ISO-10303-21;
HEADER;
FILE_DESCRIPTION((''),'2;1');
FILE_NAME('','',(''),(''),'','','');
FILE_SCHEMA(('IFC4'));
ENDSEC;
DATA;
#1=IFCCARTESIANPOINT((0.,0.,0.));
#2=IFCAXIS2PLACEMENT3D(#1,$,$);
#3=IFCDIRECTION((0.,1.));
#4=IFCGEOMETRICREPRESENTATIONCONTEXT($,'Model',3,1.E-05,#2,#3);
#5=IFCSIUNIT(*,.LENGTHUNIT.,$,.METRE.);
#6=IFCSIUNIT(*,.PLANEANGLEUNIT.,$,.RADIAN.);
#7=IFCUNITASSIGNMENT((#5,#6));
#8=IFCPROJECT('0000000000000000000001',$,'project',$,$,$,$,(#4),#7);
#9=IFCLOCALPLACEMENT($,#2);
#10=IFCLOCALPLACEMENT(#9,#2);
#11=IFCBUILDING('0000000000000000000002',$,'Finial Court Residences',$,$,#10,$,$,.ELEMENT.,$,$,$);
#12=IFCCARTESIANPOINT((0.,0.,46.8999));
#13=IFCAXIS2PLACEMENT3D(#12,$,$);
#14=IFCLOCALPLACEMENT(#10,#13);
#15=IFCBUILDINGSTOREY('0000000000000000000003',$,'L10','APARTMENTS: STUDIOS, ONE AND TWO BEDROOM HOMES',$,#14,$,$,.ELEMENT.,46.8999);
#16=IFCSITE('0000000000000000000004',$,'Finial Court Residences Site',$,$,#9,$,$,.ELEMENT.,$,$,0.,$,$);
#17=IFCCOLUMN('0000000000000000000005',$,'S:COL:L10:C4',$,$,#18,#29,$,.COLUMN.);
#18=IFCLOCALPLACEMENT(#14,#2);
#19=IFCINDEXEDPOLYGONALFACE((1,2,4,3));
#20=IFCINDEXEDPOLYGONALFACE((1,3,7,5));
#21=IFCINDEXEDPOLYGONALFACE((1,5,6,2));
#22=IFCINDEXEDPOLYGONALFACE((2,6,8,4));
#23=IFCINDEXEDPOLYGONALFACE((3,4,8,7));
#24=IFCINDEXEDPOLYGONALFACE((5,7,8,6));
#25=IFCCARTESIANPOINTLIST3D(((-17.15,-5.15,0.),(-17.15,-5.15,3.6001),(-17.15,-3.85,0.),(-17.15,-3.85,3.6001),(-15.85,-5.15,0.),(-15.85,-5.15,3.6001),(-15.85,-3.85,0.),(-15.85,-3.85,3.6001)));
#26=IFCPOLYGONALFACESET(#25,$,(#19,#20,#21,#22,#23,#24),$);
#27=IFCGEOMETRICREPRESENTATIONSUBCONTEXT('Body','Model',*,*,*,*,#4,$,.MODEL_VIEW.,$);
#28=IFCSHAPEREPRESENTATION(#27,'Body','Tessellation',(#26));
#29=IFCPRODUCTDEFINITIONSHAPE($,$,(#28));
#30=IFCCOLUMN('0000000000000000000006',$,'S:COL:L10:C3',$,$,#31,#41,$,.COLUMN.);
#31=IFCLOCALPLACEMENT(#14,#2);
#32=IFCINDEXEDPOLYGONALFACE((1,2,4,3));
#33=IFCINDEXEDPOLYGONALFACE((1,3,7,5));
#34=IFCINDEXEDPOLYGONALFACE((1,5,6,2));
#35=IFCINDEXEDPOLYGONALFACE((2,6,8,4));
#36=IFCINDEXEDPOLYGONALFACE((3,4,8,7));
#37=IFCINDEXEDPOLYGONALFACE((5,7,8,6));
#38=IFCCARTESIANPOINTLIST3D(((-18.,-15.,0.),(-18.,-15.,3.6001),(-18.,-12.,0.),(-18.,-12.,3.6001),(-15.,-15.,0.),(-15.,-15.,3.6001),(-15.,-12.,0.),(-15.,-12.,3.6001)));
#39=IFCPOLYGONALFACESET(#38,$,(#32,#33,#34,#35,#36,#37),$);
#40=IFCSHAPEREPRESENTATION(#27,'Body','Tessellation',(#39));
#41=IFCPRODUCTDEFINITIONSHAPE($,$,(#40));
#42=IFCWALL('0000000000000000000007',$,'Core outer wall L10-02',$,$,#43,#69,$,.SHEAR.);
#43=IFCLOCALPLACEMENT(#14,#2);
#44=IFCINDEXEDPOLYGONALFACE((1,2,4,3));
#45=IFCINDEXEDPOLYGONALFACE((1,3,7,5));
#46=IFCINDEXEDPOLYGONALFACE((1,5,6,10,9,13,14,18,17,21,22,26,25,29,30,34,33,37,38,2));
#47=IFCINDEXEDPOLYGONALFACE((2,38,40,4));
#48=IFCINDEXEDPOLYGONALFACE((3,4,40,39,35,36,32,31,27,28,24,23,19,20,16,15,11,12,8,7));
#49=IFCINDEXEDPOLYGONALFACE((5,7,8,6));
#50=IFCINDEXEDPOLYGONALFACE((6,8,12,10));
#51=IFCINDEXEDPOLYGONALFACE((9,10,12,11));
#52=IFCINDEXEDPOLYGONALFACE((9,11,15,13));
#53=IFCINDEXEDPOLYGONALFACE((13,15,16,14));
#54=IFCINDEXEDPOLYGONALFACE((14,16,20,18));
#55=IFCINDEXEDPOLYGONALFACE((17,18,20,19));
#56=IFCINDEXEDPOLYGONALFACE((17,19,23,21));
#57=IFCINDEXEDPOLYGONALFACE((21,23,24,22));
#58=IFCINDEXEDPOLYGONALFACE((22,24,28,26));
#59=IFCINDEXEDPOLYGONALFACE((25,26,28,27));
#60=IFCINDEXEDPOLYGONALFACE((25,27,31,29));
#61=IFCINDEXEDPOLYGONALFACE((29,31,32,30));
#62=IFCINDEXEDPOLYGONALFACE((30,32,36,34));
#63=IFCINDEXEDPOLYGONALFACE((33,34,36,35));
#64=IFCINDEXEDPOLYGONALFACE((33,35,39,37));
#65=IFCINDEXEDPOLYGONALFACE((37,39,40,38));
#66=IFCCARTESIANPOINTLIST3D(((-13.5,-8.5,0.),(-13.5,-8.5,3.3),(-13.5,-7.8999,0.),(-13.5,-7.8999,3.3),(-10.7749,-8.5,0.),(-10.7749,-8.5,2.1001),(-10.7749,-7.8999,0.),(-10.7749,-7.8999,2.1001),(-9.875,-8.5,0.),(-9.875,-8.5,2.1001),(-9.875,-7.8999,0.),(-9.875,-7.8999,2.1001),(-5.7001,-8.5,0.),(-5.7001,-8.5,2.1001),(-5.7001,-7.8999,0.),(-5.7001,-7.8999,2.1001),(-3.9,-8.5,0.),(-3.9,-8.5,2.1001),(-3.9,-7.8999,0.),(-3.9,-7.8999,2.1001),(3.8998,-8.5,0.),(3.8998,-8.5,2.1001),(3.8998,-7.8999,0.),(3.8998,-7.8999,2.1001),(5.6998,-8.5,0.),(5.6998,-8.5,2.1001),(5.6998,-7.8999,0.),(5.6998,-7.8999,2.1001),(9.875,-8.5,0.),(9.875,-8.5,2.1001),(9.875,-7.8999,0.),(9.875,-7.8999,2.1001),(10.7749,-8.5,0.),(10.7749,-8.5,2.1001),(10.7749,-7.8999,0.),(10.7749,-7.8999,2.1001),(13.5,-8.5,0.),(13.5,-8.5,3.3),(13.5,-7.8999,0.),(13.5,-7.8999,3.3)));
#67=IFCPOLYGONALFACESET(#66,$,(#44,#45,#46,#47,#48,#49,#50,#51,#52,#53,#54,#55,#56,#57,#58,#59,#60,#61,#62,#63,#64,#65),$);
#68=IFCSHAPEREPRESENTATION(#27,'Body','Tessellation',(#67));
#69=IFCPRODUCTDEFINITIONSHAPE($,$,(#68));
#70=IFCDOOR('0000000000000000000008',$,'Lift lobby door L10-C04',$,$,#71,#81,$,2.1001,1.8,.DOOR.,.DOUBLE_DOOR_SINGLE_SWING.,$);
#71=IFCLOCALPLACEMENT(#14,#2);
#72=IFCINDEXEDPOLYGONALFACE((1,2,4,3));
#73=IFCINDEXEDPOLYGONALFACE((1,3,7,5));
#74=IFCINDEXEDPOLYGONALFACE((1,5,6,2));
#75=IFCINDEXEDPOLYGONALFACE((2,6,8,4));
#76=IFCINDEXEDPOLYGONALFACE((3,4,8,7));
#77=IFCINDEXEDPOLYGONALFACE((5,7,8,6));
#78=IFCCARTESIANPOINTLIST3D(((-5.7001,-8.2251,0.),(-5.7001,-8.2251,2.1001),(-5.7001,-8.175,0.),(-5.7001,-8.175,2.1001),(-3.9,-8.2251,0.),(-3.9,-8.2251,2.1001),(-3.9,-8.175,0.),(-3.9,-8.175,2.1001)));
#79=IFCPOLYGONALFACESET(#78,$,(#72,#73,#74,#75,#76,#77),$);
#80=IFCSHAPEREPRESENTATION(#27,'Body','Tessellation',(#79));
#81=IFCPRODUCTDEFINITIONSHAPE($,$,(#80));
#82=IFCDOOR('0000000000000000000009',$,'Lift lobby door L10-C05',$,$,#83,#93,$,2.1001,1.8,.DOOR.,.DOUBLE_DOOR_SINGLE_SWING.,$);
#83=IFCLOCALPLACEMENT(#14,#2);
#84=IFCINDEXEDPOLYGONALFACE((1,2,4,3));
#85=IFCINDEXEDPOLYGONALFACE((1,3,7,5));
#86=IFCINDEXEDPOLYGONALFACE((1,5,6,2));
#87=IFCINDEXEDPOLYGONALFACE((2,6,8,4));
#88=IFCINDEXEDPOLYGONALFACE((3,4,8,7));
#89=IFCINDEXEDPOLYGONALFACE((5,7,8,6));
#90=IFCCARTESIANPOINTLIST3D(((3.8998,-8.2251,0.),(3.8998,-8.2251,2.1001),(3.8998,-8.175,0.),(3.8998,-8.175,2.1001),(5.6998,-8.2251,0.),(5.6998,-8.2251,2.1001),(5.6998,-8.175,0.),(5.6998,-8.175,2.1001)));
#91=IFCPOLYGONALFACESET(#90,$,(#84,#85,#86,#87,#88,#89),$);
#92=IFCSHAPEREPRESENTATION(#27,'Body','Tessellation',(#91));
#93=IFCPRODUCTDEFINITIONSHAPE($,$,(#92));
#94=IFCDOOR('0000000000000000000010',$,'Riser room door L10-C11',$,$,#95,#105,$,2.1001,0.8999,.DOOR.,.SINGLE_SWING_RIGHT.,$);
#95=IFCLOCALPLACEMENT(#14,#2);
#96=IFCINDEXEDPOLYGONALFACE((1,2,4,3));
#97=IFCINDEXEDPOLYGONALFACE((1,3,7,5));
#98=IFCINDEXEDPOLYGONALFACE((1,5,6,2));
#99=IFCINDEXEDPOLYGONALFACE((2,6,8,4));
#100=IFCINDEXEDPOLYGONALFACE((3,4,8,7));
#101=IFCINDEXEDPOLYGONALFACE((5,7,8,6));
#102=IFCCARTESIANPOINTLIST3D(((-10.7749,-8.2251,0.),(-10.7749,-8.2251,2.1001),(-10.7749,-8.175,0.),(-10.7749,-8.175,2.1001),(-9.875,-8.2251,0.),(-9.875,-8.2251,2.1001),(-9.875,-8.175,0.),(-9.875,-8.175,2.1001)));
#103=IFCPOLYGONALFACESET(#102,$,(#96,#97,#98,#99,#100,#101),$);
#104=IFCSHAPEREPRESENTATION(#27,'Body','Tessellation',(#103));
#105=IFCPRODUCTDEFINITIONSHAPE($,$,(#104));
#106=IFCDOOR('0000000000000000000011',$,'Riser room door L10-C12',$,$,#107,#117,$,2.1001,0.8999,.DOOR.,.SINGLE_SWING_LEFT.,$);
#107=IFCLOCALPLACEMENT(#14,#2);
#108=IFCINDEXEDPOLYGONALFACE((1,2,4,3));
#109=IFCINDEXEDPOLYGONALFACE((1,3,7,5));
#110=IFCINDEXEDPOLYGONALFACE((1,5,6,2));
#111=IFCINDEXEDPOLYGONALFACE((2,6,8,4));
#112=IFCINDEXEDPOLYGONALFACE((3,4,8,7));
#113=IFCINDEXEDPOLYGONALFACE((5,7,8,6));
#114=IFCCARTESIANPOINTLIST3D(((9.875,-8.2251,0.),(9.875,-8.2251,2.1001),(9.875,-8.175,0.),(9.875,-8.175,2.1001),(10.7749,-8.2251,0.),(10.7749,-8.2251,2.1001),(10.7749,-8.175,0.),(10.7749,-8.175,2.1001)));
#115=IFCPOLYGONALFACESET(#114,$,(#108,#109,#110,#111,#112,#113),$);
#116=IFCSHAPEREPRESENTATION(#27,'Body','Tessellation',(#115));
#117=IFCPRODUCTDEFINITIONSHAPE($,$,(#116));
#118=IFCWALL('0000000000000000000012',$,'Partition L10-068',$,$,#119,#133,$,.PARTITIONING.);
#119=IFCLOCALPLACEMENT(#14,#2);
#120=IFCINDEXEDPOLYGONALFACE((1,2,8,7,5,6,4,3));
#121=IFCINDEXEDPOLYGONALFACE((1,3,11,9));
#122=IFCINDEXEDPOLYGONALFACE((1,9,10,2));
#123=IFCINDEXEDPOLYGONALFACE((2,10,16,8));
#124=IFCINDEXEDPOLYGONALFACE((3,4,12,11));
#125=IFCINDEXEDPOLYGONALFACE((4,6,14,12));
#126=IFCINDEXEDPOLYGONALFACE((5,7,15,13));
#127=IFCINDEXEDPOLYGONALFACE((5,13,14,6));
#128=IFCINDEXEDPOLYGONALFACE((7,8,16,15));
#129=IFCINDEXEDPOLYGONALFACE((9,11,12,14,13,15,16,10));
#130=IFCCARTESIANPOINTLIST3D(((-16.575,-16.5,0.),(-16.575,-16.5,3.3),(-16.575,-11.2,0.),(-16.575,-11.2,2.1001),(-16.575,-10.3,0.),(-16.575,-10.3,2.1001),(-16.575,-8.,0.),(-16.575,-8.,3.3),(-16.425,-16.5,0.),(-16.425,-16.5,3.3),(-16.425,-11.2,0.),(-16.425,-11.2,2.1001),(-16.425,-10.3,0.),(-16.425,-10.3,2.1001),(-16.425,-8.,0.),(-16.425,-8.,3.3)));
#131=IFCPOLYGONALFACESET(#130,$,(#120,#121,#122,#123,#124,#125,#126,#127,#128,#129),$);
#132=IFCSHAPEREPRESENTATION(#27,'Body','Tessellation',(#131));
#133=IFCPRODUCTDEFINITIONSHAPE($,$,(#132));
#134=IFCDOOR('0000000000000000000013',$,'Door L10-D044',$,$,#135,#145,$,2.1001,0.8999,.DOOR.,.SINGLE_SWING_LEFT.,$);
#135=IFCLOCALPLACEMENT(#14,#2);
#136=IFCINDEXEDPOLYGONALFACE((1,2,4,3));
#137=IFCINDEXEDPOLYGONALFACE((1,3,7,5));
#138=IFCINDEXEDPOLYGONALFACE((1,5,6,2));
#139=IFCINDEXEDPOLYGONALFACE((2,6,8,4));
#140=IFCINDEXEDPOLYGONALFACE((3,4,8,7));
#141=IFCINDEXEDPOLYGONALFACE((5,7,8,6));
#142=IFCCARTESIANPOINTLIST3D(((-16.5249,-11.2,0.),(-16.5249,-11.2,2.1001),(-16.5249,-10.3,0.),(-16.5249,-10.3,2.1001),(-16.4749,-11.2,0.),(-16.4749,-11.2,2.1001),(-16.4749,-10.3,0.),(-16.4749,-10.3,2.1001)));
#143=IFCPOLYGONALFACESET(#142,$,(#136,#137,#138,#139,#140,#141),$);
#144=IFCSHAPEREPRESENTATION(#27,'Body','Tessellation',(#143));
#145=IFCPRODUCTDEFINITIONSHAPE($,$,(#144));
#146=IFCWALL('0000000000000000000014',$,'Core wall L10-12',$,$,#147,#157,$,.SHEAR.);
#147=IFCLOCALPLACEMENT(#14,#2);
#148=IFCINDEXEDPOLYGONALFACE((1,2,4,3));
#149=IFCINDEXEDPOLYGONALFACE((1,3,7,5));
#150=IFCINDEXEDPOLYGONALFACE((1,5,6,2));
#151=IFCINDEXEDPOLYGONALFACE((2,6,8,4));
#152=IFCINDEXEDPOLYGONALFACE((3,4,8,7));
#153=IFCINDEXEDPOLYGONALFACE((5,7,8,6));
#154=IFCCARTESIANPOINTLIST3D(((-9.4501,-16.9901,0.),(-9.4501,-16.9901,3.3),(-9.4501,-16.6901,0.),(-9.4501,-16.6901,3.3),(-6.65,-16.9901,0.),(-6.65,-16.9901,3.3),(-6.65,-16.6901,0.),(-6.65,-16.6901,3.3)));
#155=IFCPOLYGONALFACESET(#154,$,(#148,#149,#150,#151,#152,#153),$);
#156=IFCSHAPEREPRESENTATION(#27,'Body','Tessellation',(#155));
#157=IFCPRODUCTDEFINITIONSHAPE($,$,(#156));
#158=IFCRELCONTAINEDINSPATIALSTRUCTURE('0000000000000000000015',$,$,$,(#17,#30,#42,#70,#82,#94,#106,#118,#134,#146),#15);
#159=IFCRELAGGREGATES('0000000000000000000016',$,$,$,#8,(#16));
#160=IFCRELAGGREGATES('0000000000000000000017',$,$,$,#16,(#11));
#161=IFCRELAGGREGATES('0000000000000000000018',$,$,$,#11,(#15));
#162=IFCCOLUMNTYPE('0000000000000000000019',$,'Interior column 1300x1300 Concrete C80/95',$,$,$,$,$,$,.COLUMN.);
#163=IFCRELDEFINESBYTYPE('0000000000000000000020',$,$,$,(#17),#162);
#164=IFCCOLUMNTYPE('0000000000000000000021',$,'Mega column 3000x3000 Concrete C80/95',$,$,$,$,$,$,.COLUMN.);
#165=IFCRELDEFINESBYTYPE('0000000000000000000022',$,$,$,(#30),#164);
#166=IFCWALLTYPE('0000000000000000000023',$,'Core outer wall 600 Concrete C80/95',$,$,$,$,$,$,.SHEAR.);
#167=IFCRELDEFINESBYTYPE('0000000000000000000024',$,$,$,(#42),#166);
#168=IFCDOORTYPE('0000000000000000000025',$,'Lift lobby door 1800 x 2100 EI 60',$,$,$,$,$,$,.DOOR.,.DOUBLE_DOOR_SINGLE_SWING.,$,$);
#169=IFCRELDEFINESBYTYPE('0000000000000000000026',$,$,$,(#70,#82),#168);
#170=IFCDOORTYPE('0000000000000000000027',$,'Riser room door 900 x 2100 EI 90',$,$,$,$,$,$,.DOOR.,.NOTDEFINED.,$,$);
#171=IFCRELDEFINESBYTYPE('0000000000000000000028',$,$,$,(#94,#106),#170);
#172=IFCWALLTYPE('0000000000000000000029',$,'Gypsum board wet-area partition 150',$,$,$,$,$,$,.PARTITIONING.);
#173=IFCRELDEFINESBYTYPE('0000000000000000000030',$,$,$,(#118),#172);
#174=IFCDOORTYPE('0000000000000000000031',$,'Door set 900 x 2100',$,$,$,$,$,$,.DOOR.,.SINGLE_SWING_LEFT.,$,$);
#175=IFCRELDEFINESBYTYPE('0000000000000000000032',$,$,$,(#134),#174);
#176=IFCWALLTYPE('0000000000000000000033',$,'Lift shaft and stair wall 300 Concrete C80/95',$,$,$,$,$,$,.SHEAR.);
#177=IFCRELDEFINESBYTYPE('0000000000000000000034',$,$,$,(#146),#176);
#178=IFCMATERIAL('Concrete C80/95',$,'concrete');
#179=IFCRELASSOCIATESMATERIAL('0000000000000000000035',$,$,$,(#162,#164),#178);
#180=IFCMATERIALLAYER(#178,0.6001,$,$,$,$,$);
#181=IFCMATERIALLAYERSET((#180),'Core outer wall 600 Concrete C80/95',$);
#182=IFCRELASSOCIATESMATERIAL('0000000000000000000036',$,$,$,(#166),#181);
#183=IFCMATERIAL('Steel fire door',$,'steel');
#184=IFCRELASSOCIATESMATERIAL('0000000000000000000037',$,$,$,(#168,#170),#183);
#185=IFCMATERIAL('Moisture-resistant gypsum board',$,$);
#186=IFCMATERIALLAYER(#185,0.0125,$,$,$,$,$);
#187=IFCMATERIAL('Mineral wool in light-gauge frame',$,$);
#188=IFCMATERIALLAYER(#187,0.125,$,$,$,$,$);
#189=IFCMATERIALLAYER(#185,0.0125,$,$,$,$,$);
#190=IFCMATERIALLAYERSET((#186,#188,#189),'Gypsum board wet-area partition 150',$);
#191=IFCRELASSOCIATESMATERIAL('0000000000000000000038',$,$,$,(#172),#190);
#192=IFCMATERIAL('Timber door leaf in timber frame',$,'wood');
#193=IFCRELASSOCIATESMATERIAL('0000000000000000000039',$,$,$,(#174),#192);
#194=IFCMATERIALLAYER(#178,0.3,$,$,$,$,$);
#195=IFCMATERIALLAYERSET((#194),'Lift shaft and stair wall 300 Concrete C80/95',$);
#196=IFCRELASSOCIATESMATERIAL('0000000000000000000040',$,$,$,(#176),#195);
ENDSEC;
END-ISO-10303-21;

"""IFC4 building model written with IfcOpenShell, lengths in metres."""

from ifc_helpers import new_model, si_unit, direction, frame, frame_2d, origin, origin_2d, place, context, subcontext, project, spatial, rectangle, extrude, material, layer, layer_set, material_profile, profile_set, type_object, element, fill, save


model = new_model("IFC4")

# Units and contexts
model_context = context("Model", 3, precision=1e-05, world=origin(), true_north=direction((0.0, 1.0)))
body_context = subcontext(model_context, "Body", "Model", "MODEL_VIEW")
ifc_project = project(units=[si_unit("LENGTHUNIT", "METRE"), si_unit("PLANEANGLEUNIT", "RADIAN")], contexts=[model_context])

# Site, building, storey
site_placement = place(None, origin())
site = spatial("IfcSite", under=ifc_project, at=site_placement, Name="Finial Court Residences Site", CompositionType="ELEMENT", RefElevation=0.0)
building_placement = place(site_placement, origin())
building = spatial("IfcBuilding", under=site, at=building_placement, Name="Finial Court Residences", CompositionType="ELEMENT")
storey_placement = place(building_placement, frame((0.0, 0.0, 46.8999)))
storey = spatial("IfcBuildingStorey", under=building, at=storey_placement, Name="L10", Description="APARTMENTS: STUDIOS, ONE AND TWO BEDROOM HOMES", CompositionType="ELEMENT", Elevation=46.8999)

# Columns
ifc_material_1 = material(Name="Concrete C80/95", Category="concrete")
ifc_material_profile_1 = material_profile(ifc_material_1, rectangle(XDim=1.3, YDim=1.3, at=origin_2d()), Name="1300x1300")
ifc_profile_set_1 = profile_set([ifc_material_profile_1], Name="Concrete C80/95")
column_type_1 = type_object("IfcColumnType", Name="Interior column 1300x1300 Concrete C80/95", PredefinedType="COLUMN", material=ifc_profile_set_1)
column_1_placement = place(storey_placement, frame((-16.5, -4.5, 0.0), z_axis=(0.0, 0.0, 1.0), x_axis=(1.0, 0.0, 0.0)))
element("IfcColumn", 1, at=column_1_placement, inside=storey, type_object=column_type_1, Name="S:COL:L10:C4", PredefinedType="COLUMN", context=body_context, shape_type="SweptSolid", body=[
    extrude(rectangle(XDim=1.3, YDim=1.3, at=origin_2d()), origin(), (0.0, 0.0, 1.0), 3.6001),
])
ifc_material_profile_2 = material_profile(ifc_material_1, rectangle(XDim=3.0, YDim=3.0, at=origin_2d()), Name="3000x3000")
ifc_profile_set_2 = profile_set([ifc_material_profile_2], Name="Concrete C80/95")
column_type_2 = type_object("IfcColumnType", Name="Mega column 3000x3000 Concrete C80/95", PredefinedType="COLUMN", material=ifc_profile_set_2)
column_2_placement = place(storey_placement, frame((-16.5, -13.5, 0.0), z_axis=(0.0, 0.0, 1.0), x_axis=(1.0, 0.0, 0.0)))
element("IfcColumn", 2, at=column_2_placement, inside=storey, type_object=column_type_2, Name="S:COL:L10:C3", PredefinedType="COLUMN", context=body_context, shape_type="SweptSolid", body=[
    extrude(rectangle(XDim=3.0, YDim=3.0, at=origin_2d()), origin(), (0.0, 0.0, 1.0), 3.6001),
])

# Wall, openings, doors
ifc_layer_1 = layer(ifc_material_1, 0.6001)
ifc_layer_set_1 = layer_set([ifc_layer_1], Name="Core outer wall 600 Concrete C80/95")
wall_type_1 = type_object("IfcWallType", Name="Core outer wall 600 Concrete C80/95", PredefinedType="SHEAR", material=ifc_layer_set_1)
wall_1_placement = place(storey_placement, frame((-13.5, -8.2, 0.0), z_axis=(0.0, 0.0, 1.0), x_axis=(1.0, 0.0, 0.0)))
wall_1 = element("IfcWall", 3, at=wall_1_placement, inside=storey, type_object=wall_type_1, Name="Core outer wall L10-02", PredefinedType="SHEAR", context=body_context, shape_type="SweptSolid", body=[
    extrude(rectangle(XDim=27.0, YDim=0.6001, at=frame_2d((13.5, 0.0))), origin(), (0.0, 0.0, 1.0), 3.3),
])
opening_1_placement = place(wall_1_placement, frame((7.8, 0.0, 0.0)))
opening_1 = element("IfcOpeningElement", 4, at=opening_1_placement, cuts=wall_1, PredefinedType="OPENING", context=body_context, shape_type="SweptSolid", body=[
    extrude(rectangle(XDim=1.8, YDim=2.1001, at=frame_2d((0.8999, 1.05))), frame((0.0, 0.3101, 0.0), z_axis=(0.0, -1.0, 0.0), x_axis=(1.0, 0.0, 0.0)), (0.0, 0.0, 1.0), 0.6201),
])
opening_2_placement = place(wall_1_placement, frame((17.3999, 0.0, 0.0)))
opening_2 = element("IfcOpeningElement", 5, at=opening_2_placement, cuts=wall_1, PredefinedType="OPENING", context=body_context, shape_type="SweptSolid", body=[
    extrude(rectangle(XDim=1.8, YDim=2.1001, at=frame_2d((0.8999, 1.05))), frame((0.0, 0.3101, 0.0), z_axis=(0.0, -1.0, 0.0), x_axis=(1.0, 0.0, 0.0)), (0.0, 0.0, 1.0), 0.6201),
])
opening_3_placement = place(wall_1_placement, frame((2.7251, 0.0, 0.0)))
opening_3 = element("IfcOpeningElement", 6, at=opening_3_placement, cuts=wall_1, PredefinedType="OPENING", context=body_context, shape_type="SweptSolid", body=[
    extrude(rectangle(XDim=0.8999, YDim=2.1001, at=frame_2d((0.45, 1.05))), frame((0.0, 0.3101, 0.0), z_axis=(0.0, -1.0, 0.0), x_axis=(1.0, 0.0, 0.0)), (0.0, 0.0, 1.0), 0.6201),
])
opening_4_placement = place(wall_1_placement, frame((23.375, 0.0, 0.0)))
opening_4 = element("IfcOpeningElement", 7, at=opening_4_placement, cuts=wall_1, PredefinedType="OPENING", context=body_context, shape_type="SweptSolid", body=[
    extrude(rectangle(XDim=0.8999, YDim=2.1001, at=frame_2d((0.45, 1.05))), frame((0.0, 0.3101, 0.0), z_axis=(0.0, -1.0, 0.0), x_axis=(1.0, 0.0, 0.0)), (0.0, 0.0, 1.0), 0.6201),
])
ifc_material_2 = material(Name="Steel fire door", Category="steel")
door_type_1 = type_object("IfcDoorType", Name="Lift lobby door 1800 x 2100 EI 60", OperationType="DOUBLE_DOOR_SINGLE_SWING", PredefinedType="DOOR", material=ifc_material_2)
door_1_placement = place(opening_1_placement, origin())
door_1 = element("IfcDoor", 8, at=door_1_placement, inside=storey, type_object=door_type_1, Name="Lift lobby door L10-C04", OperationType="DOUBLE_DOOR_SINGLE_SWING", OverallHeight=2.1001, OverallWidth=1.8, PredefinedType="DOOR", context=body_context, shape_type="SweptSolid", body=[
    extrude(rectangle(XDim=1.8, YDim=2.1001, at=frame_2d((0.8999, 1.05))), frame((0.0, 0.0249, 0.0), z_axis=(0.0, -1.0, 0.0), x_axis=(1.0, 0.0, 0.0)), (0.0, 0.0, 1.0), 0.05),
])
fill(opening_1, door_1)
door_2_placement = place(opening_2_placement, origin())
door_2 = element("IfcDoor", 9, at=door_2_placement, inside=storey, type_object=door_type_1, Name="Lift lobby door L10-C05", OperationType="DOUBLE_DOOR_SINGLE_SWING", OverallHeight=2.1001, OverallWidth=1.8, PredefinedType="DOOR", context=body_context, shape_type="SweptSolid", body=[
    extrude(rectangle(XDim=1.8, YDim=2.1001, at=frame_2d((0.8999, 1.05))), frame((0.0, 0.0249, 0.0), z_axis=(0.0, -1.0, 0.0), x_axis=(1.0, 0.0, 0.0)), (0.0, 0.0, 1.0), 0.05),
])
fill(opening_2, door_2)
door_type_2 = type_object("IfcDoorType", Name="Riser room door 900 x 2100 EI 90", OperationType="NOTDEFINED", PredefinedType="DOOR", material=ifc_material_2)
door_3_placement = place(opening_3_placement, origin())
door_3 = element("IfcDoor", 10, at=door_3_placement, inside=storey, type_object=door_type_2, Name="Riser room door L10-C11", OperationType="SINGLE_SWING_RIGHT", OverallHeight=2.1001, OverallWidth=0.8999, PredefinedType="DOOR", context=body_context, shape_type="SweptSolid", body=[
    extrude(rectangle(XDim=0.8999, YDim=2.1001, at=frame_2d((0.45, 1.05))), frame((0.0, 0.0249, 0.0), z_axis=(0.0, -1.0, 0.0), x_axis=(1.0, 0.0, 0.0)), (0.0, 0.0, 1.0), 0.05),
])
fill(opening_3, door_3)
door_4_placement = place(opening_4_placement, origin())
door_4 = element("IfcDoor", 11, at=door_4_placement, inside=storey, type_object=door_type_2, Name="Riser room door L10-C12", OperationType="SINGLE_SWING_LEFT", OverallHeight=2.1001, OverallWidth=0.8999, PredefinedType="DOOR", context=body_context, shape_type="SweptSolid", body=[
    extrude(rectangle(XDim=0.8999, YDim=2.1001, at=frame_2d((0.45, 1.05))), frame((0.0, 0.0249, 0.0), z_axis=(0.0, -1.0, 0.0), x_axis=(1.0, 0.0, 0.0)), (0.0, 0.0, 1.0), 0.05),
])
fill(opening_4, door_4)

# Wall, opening, door
ifc_material_3 = material(Name="Moisture-resistant gypsum board")
ifc_layer_2 = layer(ifc_material_3, 0.0125)
ifc_material_4 = material(Name="Mineral wool in light-gauge frame")
ifc_layer_3 = layer(ifc_material_4, 0.125)
ifc_layer_4 = layer(ifc_material_3, 0.0125)
ifc_layer_set_2 = layer_set([ifc_layer_2, ifc_layer_3, ifc_layer_4], Name="Gypsum board wet-area partition 150")
wall_type_2 = type_object("IfcWallType", Name="Gypsum board wet-area partition 150", PredefinedType="PARTITIONING", material=ifc_layer_set_2)
wall_2_placement = place(storey_placement, frame((-16.5, -16.5, 0.0), z_axis=(0.0, 0.0, 1.0), x_axis=(0.0, 1.0, 0.0)))
wall_2 = element("IfcWall", 12, at=wall_2_placement, inside=storey, type_object=wall_type_2, Name="Partition L10-068", PredefinedType="PARTITIONING", context=body_context, shape_type="SweptSolid", body=[
    extrude(rectangle(XDim=8.5, YDim=0.1499, at=frame_2d((4.25, 0.0))), origin(), (0.0, 0.0, 1.0), 3.3),
])
opening_5_placement = place(wall_2_placement, frame((5.3, 0.0, 0.0)))
opening_5 = element("IfcOpeningElement", 13, at=opening_5_placement, cuts=wall_2, PredefinedType="OPENING", context=body_context, shape_type="SweptSolid", body=[
    extrude(rectangle(XDim=0.8999, YDim=2.1001, at=frame_2d((0.45, 1.05))), frame((0.0, 0.085, 0.0), z_axis=(0.0, -1.0, 0.0), x_axis=(1.0, 0.0, 0.0)), (0.0, 0.0, 1.0), 0.1699),
])
ifc_material_5 = material(Name="Timber door leaf in timber frame", Category="wood")
door_type_3 = type_object("IfcDoorType", Name="Door set 900 x 2100", OperationType="SINGLE_SWING_LEFT", PredefinedType="DOOR", material=ifc_material_5)
door_5_placement = place(opening_5_placement, origin())
door_5 = element("IfcDoor", 14, at=door_5_placement, inside=storey, type_object=door_type_3, Name="Door L10-D044", OperationType="SINGLE_SWING_LEFT", OverallHeight=2.1001, OverallWidth=0.8999, PredefinedType="DOOR", context=body_context, shape_type="SweptSolid", body=[
    extrude(rectangle(XDim=0.8999, YDim=2.1001, at=frame_2d((0.45, 1.05))), frame((0.0, 0.0249, 0.0), z_axis=(0.0, -1.0, 0.0), x_axis=(1.0, 0.0, 0.0)), (0.0, 0.0, 1.0), 0.05),
])
fill(opening_5, door_5)

# Wall
ifc_layer_5 = layer(ifc_material_1, 0.3)
ifc_layer_set_3 = layer_set([ifc_layer_5], Name="Lift shaft and stair wall 300 Concrete C80/95")
wall_type_3 = type_object("IfcWallType", Name="Lift shaft and stair wall 300 Concrete C80/95", PredefinedType="SHEAR", material=ifc_layer_set_3)
for number, where, z_axis, x_axis, name in (
    (15, (-9.45, -16.8401, 0.0), (0.0, 0.0, 1.0), (1.0, 0.0, 0.0), "Core wall L10-12"),
):
    element("IfcWall", number, at=place(storey_placement, frame(where, z_axis=z_axis, x_axis=x_axis)), inside=storey, type_object=wall_type_3, Name=name, PredefinedType="SHEAR", context=body_context, shape_type="SweptSolid", body=[
        extrude(rectangle(XDim=2.8, YDim=0.3, at=frame_2d((1.3999, 0.0))), origin(), (0.0, 0.0, 1.0), 3.3),
    ])

save(model, "model.ifc")
